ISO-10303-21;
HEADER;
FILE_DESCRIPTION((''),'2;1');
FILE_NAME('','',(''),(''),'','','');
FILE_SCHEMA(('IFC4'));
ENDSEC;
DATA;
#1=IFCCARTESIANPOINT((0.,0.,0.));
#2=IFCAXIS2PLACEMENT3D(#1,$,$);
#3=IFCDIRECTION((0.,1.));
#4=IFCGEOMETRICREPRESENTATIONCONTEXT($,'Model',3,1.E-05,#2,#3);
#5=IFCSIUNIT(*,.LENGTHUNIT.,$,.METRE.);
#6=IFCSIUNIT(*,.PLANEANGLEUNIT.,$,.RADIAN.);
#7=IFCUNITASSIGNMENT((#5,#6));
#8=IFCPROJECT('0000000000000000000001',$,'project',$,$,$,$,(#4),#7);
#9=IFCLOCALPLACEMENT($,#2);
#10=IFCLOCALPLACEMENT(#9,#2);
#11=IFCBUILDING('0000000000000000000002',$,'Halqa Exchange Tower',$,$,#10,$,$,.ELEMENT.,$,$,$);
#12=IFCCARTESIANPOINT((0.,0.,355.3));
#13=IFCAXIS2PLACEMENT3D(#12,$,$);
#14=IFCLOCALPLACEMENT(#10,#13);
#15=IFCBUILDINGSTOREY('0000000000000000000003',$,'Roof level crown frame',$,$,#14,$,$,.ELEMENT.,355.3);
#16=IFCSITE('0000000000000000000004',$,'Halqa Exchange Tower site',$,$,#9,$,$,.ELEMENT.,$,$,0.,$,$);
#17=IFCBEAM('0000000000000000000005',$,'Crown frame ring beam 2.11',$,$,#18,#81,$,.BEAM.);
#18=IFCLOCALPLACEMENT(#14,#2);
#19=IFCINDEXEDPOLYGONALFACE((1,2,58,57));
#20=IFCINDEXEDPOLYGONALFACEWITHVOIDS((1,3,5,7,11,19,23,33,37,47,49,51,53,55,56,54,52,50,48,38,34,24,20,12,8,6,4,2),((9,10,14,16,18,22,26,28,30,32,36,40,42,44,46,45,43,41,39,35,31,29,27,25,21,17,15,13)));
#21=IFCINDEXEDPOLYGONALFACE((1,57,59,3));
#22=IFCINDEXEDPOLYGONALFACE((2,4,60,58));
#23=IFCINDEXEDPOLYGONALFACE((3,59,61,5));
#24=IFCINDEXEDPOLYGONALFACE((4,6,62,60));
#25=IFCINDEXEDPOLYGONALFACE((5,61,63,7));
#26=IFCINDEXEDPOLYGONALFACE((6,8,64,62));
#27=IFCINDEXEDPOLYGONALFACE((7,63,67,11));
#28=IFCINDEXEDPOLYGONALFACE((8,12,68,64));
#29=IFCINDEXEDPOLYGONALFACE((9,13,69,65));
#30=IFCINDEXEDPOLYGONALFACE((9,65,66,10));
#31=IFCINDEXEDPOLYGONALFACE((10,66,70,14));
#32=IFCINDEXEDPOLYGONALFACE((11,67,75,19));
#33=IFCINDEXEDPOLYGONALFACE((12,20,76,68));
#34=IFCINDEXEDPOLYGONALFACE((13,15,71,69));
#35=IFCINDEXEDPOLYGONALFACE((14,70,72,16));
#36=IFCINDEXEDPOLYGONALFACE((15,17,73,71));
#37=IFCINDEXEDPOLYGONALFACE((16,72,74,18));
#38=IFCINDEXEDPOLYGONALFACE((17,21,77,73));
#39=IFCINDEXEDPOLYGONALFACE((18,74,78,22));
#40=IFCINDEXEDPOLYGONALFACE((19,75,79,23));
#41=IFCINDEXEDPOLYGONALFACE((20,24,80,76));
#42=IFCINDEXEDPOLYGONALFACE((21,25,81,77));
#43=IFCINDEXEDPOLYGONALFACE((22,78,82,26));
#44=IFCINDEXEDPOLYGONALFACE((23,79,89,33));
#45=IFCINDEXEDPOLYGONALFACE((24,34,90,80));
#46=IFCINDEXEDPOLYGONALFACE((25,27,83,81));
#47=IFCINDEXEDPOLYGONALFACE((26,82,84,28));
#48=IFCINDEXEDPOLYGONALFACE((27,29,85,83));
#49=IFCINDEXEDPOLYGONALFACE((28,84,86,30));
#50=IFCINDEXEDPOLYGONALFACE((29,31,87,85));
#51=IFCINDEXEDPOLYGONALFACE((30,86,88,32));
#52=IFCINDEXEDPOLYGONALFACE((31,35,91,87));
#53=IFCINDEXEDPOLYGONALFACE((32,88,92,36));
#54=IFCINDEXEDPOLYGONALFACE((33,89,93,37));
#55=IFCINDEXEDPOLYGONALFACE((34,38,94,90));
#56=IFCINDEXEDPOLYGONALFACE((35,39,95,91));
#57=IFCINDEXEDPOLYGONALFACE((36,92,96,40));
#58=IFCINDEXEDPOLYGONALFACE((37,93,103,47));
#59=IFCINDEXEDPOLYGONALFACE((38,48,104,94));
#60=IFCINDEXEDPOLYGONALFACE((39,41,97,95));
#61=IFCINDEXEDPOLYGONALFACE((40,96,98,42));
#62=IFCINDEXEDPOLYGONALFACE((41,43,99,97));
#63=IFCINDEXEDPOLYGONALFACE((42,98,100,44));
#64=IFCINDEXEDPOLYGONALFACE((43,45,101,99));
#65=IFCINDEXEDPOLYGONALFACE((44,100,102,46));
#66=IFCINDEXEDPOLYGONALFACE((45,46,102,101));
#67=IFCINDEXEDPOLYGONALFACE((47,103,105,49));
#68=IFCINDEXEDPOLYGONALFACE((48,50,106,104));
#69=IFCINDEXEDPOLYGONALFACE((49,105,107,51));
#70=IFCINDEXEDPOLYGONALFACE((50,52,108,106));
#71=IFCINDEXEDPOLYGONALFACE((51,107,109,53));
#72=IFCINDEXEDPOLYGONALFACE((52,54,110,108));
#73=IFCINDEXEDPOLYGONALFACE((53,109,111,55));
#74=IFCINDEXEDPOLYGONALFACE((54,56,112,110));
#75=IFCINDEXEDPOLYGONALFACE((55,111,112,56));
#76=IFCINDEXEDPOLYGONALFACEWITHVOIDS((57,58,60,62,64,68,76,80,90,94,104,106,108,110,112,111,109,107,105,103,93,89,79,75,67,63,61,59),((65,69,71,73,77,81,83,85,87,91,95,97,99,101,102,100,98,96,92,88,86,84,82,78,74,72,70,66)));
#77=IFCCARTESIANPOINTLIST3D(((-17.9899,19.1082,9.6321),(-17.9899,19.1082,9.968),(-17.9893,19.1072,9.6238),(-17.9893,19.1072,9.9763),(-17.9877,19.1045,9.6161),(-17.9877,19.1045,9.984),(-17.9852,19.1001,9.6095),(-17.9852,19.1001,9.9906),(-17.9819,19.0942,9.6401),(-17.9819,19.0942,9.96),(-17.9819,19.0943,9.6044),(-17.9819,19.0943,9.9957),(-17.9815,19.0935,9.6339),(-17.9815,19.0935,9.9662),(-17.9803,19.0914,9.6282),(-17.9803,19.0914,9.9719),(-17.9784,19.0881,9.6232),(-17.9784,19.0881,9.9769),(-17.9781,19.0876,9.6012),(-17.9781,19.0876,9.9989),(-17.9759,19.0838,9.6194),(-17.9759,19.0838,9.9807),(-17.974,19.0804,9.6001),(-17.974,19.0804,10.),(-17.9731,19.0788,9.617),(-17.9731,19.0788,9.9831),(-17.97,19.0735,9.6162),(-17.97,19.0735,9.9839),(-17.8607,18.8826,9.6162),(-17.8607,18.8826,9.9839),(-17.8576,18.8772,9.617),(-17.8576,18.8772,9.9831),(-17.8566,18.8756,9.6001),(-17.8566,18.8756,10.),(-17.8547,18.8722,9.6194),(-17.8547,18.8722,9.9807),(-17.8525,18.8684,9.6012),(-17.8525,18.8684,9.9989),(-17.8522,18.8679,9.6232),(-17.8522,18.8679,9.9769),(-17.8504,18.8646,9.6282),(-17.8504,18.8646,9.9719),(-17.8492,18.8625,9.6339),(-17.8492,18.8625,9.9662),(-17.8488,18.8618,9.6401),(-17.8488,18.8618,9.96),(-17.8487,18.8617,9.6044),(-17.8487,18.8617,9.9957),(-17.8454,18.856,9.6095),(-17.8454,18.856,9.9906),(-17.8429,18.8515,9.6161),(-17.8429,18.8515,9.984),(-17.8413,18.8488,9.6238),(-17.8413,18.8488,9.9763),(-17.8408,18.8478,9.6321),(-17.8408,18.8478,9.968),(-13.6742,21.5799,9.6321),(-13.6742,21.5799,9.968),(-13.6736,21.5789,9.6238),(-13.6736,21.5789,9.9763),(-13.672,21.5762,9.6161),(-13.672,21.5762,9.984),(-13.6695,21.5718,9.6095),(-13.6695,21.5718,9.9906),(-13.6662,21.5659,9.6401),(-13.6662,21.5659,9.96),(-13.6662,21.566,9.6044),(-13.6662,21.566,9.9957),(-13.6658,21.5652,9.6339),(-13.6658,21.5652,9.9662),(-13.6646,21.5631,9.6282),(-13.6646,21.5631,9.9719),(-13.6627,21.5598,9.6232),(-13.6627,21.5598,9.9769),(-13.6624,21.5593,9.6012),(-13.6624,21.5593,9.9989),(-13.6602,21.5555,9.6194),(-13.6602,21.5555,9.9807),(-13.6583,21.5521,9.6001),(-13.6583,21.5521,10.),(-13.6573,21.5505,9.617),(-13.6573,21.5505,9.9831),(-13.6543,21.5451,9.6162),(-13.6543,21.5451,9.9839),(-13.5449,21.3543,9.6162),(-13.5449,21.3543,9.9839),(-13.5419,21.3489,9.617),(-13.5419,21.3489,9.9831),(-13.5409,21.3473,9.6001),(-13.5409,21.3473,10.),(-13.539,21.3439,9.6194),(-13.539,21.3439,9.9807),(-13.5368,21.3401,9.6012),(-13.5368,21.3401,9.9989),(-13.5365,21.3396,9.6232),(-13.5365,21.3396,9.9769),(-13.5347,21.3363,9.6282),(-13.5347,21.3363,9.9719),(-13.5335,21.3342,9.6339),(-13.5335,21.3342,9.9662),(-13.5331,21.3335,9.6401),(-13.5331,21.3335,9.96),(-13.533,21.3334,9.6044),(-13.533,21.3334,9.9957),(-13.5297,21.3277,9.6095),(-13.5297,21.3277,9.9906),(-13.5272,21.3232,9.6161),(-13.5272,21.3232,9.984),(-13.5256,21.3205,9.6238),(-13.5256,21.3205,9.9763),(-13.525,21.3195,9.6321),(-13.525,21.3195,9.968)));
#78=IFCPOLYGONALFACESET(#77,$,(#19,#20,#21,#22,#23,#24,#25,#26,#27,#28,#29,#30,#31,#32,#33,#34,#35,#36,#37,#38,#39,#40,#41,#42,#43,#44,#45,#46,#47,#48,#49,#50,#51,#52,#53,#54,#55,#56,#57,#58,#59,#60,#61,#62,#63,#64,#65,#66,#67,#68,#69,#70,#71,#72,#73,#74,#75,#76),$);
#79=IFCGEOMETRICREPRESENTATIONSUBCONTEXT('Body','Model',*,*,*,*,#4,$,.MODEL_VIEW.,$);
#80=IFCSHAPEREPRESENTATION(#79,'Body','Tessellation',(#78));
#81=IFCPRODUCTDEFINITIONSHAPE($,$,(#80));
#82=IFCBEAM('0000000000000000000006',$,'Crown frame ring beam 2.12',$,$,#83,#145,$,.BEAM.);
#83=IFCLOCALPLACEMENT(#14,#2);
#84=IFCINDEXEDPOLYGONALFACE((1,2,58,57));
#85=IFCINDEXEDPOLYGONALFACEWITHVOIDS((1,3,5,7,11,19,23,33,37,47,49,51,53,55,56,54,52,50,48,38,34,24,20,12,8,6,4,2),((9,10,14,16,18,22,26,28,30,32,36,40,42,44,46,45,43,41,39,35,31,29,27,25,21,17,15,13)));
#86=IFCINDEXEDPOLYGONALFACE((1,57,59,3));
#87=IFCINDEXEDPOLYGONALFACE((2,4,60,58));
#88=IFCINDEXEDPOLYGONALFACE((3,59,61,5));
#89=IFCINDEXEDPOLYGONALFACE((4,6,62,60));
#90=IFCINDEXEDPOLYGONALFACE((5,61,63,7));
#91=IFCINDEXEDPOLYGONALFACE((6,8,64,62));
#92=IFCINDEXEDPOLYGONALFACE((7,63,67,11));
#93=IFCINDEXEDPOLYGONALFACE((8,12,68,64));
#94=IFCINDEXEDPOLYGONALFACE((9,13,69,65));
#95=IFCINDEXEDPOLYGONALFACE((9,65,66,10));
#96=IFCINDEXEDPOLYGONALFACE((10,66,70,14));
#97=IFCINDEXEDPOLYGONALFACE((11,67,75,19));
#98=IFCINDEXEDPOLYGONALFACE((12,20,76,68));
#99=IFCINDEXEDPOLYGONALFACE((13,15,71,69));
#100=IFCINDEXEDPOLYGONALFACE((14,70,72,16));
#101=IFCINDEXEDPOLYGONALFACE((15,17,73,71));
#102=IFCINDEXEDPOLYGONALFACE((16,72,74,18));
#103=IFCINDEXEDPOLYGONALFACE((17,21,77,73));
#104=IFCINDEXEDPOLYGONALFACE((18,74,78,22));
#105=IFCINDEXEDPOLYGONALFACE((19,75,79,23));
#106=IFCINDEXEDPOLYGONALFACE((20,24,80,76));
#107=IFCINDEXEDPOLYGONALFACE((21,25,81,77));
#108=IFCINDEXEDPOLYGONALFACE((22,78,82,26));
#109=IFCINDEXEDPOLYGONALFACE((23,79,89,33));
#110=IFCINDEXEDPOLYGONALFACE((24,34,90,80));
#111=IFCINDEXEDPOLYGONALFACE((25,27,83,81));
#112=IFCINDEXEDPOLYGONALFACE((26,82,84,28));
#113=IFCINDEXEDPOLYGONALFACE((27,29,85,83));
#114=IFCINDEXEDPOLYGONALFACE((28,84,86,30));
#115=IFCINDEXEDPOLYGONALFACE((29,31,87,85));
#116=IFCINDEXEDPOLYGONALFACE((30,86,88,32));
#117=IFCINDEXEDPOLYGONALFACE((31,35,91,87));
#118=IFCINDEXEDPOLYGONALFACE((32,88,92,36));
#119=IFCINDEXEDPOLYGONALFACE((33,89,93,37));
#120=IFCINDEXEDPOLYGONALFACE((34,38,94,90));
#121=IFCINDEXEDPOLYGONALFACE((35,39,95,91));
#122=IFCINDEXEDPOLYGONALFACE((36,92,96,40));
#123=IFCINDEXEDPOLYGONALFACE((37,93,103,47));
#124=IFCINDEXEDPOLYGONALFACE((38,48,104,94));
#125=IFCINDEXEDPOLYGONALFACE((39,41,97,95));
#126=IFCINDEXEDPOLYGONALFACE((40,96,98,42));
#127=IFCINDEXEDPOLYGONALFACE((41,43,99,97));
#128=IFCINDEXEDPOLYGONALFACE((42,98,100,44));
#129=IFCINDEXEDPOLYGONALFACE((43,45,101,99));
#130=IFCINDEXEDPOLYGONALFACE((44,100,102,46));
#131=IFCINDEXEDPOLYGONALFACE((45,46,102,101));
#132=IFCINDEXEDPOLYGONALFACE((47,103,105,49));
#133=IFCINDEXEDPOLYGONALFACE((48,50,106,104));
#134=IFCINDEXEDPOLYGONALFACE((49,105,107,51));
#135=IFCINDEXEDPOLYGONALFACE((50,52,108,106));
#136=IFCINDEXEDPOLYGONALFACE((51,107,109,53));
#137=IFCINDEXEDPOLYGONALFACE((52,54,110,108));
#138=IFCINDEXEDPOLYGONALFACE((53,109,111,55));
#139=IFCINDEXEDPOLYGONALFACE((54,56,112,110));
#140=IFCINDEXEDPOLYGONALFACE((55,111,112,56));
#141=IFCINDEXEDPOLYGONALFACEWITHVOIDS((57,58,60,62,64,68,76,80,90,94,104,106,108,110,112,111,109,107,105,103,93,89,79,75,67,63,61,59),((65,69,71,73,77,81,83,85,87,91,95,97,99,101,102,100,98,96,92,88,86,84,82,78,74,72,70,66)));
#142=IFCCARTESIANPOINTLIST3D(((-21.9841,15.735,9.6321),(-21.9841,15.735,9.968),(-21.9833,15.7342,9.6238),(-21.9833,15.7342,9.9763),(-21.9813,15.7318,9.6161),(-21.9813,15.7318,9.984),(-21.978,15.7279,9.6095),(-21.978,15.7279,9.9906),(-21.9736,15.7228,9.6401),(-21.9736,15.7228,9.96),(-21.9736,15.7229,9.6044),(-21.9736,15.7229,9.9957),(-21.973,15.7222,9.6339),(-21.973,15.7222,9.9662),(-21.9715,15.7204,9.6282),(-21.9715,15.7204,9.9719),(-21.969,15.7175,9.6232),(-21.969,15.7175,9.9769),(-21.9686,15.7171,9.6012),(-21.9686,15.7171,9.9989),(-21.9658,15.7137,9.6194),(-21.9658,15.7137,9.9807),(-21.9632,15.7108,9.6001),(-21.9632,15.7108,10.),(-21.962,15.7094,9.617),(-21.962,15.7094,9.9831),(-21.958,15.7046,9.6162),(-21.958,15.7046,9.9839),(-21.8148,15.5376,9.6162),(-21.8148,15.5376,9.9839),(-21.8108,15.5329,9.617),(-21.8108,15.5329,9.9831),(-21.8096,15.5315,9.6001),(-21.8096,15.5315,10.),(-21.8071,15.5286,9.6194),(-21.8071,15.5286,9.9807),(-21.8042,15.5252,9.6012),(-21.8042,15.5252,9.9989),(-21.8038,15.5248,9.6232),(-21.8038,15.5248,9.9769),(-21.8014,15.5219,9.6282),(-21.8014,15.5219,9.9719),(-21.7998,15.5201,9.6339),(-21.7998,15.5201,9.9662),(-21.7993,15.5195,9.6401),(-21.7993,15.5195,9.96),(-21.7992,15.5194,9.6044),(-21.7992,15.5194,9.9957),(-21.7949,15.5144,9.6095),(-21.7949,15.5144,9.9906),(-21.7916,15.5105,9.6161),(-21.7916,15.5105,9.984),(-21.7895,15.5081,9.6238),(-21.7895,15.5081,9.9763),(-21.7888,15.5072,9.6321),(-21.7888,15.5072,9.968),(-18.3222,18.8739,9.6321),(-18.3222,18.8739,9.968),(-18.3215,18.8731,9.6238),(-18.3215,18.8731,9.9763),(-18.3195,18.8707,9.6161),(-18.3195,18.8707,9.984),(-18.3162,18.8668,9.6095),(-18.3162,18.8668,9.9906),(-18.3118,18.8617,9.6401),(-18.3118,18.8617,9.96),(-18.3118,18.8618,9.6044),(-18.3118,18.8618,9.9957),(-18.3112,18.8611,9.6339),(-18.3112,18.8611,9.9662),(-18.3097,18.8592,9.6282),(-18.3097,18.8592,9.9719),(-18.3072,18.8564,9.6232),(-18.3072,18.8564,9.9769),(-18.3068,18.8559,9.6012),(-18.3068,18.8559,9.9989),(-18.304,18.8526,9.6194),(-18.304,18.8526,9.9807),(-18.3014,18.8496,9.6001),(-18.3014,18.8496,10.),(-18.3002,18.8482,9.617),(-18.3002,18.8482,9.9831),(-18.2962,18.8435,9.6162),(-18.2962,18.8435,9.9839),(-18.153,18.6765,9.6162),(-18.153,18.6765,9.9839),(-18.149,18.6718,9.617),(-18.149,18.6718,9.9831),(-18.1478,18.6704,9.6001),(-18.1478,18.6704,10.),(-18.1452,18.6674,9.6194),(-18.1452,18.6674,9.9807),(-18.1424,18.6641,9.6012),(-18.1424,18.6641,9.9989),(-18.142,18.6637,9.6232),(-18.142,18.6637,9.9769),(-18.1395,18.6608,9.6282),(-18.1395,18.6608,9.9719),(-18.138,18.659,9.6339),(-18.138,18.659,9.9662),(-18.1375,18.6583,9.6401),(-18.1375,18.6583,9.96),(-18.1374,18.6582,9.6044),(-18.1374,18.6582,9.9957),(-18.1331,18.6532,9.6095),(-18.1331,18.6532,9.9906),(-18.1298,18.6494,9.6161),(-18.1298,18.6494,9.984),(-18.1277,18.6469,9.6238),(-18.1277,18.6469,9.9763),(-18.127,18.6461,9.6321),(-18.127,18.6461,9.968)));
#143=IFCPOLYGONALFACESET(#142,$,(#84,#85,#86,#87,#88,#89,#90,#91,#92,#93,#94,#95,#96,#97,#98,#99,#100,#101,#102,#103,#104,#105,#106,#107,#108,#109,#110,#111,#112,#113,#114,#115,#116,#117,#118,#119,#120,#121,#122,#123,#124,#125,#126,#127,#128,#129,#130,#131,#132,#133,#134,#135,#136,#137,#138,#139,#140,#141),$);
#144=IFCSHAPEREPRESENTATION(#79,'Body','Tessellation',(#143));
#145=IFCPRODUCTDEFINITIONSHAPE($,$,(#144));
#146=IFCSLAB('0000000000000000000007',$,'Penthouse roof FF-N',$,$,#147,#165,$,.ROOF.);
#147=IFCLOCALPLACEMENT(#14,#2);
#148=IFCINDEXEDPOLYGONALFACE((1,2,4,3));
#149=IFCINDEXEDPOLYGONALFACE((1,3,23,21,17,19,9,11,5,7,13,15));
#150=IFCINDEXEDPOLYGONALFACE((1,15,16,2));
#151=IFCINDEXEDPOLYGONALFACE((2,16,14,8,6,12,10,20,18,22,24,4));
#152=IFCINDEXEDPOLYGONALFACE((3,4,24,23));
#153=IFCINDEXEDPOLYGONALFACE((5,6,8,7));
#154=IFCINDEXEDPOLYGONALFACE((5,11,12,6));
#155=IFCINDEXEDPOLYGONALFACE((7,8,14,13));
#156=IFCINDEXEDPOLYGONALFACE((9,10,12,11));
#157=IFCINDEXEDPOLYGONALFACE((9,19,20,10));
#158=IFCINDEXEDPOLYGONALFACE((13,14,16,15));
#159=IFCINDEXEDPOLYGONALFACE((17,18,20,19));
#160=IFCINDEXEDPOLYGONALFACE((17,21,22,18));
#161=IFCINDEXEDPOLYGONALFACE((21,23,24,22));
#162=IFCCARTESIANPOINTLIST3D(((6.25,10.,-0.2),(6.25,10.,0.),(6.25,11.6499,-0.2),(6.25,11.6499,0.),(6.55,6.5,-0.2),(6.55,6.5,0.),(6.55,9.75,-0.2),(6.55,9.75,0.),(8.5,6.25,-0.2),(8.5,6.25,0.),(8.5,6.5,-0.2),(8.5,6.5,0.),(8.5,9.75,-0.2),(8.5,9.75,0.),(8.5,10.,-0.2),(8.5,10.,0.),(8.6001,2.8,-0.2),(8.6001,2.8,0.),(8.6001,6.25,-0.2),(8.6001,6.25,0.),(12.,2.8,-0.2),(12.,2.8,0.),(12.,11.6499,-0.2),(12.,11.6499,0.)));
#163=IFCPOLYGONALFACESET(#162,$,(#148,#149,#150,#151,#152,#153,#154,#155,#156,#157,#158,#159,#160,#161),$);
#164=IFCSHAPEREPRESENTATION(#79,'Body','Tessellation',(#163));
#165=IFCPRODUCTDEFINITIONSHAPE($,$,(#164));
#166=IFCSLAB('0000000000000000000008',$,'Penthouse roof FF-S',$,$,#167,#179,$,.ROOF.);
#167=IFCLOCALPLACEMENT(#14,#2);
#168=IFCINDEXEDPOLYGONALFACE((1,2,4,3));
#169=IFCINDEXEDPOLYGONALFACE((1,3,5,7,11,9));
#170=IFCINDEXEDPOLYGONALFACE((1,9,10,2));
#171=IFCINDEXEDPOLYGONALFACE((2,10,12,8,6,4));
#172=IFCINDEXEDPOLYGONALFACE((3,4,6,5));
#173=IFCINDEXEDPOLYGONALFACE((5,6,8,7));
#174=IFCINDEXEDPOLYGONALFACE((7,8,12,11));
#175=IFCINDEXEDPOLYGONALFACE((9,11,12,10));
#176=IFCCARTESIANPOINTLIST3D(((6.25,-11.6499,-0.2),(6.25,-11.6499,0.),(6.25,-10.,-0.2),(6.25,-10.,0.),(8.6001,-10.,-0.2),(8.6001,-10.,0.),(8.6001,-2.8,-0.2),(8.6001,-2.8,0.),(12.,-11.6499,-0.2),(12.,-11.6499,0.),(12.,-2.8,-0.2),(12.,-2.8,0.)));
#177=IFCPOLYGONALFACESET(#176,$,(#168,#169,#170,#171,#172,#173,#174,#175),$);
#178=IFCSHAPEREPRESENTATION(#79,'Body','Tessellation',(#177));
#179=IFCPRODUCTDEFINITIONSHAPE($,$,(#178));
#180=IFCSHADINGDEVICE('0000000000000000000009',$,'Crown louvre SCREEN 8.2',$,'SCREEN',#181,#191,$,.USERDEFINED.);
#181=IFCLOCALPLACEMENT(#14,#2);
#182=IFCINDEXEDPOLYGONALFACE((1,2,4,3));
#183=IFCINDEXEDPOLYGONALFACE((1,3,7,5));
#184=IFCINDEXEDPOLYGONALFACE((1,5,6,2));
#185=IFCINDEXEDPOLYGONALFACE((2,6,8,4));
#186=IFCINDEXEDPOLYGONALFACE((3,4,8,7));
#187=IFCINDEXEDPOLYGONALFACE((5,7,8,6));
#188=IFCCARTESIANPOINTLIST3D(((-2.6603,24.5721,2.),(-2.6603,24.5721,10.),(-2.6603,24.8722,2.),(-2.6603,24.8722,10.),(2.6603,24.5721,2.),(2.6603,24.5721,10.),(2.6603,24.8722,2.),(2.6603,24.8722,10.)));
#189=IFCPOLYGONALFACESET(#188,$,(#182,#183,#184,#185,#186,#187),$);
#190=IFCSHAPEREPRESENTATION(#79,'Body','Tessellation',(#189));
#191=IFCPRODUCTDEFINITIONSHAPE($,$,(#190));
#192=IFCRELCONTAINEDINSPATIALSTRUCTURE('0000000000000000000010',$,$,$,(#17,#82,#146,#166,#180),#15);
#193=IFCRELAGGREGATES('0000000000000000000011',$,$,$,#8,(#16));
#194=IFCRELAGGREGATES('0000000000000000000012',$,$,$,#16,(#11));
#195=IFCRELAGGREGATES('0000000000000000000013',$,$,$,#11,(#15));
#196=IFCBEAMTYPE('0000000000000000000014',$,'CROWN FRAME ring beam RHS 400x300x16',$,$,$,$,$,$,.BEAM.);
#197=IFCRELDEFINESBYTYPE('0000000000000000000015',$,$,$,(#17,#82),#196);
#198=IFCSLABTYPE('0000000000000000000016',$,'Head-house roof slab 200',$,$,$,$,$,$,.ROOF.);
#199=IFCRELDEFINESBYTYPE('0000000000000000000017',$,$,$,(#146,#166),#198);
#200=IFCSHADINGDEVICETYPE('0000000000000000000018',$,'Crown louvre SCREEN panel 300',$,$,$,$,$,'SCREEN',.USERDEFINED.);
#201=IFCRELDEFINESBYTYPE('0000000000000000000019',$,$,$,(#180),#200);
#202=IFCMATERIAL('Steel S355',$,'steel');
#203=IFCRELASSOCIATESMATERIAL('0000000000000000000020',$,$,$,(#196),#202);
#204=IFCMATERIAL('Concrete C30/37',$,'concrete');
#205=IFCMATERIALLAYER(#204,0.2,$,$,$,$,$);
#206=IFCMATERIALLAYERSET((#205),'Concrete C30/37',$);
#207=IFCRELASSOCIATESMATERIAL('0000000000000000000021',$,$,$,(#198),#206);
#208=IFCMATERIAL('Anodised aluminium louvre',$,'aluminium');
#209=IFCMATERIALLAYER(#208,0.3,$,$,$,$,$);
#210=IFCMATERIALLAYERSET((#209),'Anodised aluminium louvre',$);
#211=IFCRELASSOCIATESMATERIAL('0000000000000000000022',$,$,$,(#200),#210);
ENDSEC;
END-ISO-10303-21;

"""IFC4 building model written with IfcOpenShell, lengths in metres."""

from ifc_helpers import new_model, si_unit, direction, frame, origin, origin_2d, place, context, subcontext, project, spatial, polyline, rectangle, hollow_rectangle, outline, extrude, material, layer, layer_set, material_profile, profile_set, type_object, element, save


model = new_model("IFC4")

# Units and contexts
model_context = context("Model", 3, precision=1e-05, world=origin(), true_north=direction((0.0, 1.0)))
body_context = subcontext(model_context, "Body", "Model", "MODEL_VIEW")
ifc_project = project(units=[si_unit("LENGTHUNIT", "METRE"), si_unit("PLANEANGLEUNIT", "RADIAN")], contexts=[model_context])

# Site, building, storey
site_placement = place(None, origin())
site = spatial("IfcSite", under=ifc_project, at=site_placement, Name="Halqa Exchange Tower site", CompositionType="ELEMENT", RefElevation=0.0)
building_placement = place(site_placement, origin())
building = spatial("IfcBuilding", under=site, at=building_placement, Name="Halqa Exchange Tower", CompositionType="ELEMENT")
storey_placement = place(building_placement, frame((0.0, 0.0, 355.3)))
storey = spatial("IfcBuildingStorey", under=building, at=storey_placement, Name="Roof level crown frame", CompositionType="ELEMENT", Elevation=355.3)

# Shared definitions
ifc_material_1 = material(Name="Steel S355", Category="steel")

# Beams
ifc_material_profile_1 = material_profile(ifc_material_1, hollow_rectangle(XDim=0.3, YDim=0.3999, WallThickness=0.0161, InnerFilletRadius=0.0239, OuterFilletRadius=0.032, at=origin_2d()), Name="RHS 400x300x16")
ifc_profile_set_1 = profile_set([ifc_material_profile_1], Name="Steel S355")
beam_type = type_object("IfcBeamType", Name="CROWN FRAME ring beam RHS 400x300x16", PredefinedType="BEAM", material=ifc_profile_set_1)
beam_1_placement = place(storey_placement, frame((-13.5996, 21.4497, 9.8), z_axis=(-0.867759, -0.496985, 0.0), x_axis=(0.496985, -0.867759, 0.0)))
element("IfcBeam", 1, at=beam_1_placement, inside=storey, type_object=beam_type, Name="Crown frame ring beam 2.11", PredefinedType="BEAM", context=body_context, shape_type="SweptSolid", body=[
    extrude(hollow_rectangle(XDim=0.3, YDim=0.3999, WallThickness=0.0161, InnerFilletRadius=0.0239, OuterFilletRadius=0.032, at=origin_2d()), origin(), (0.0, 0.0, 1.0), 4.9734),
])
beam_2_placement = place(storey_placement, frame((-18.2246, 18.76, 9.8), z_axis=(-0.759239, -0.650812, 0.0), x_axis=(0.650812, -0.759239, 0.0)))
element("IfcBeam", 2, at=beam_2_placement, inside=storey, type_object=beam_type, Name="Crown frame ring beam 2.12", PredefinedType="BEAM", context=body_context, shape_type="SweptSolid", body=[
    extrude(hollow_rectangle(XDim=0.3, YDim=0.3999, WallThickness=0.0161, InnerFilletRadius=0.0239, OuterFilletRadius=0.032, at=origin_2d()), origin(), (0.0, 0.0, 1.0), 4.823),
])

# Slabs
ifc_material_2 = material(Name="Concrete C30/37", Category="concrete")
ifc_layer_1 = layer(ifc_material_2, 0.2)
ifc_layer_set_1 = layer_set([ifc_layer_1], Name="Concrete C30/37")
slab_type = type_object("IfcSlabType", Name="Head-house roof slab 200", PredefinedType="ROOF", material=ifc_layer_set_1)
slab_1_placement = place(storey_placement, frame((0.0, 0.0, -0.2)))
element("IfcSlab", 3, at=slab_1_placement, inside=storey, type_object=slab_type, Name="Penthouse roof FF-N", PredefinedType="ROOF", context=body_context, shape_type="SweptSolid", body=[
    extrude(outline(polyline([(8.6001, 2.8), (12.0, 2.8), (12.0, 11.6499), (6.25, 11.6499), (6.25, 10.0), (8.5, 10.0), (8.5, 9.75), (6.55, 9.75), (6.55, 6.5), (8.5, 6.5), (8.5, 6.25), (8.6001, 6.25), (8.6001, 2.8)])), origin(), (0.0, 0.0, 1.0), 0.2),
])
slab_2_placement = place(storey_placement, frame((0.0, 0.0, -0.2)))
element("IfcSlab", 4, at=slab_2_placement, inside=storey, type_object=slab_type, Name="Penthouse roof FF-S", PredefinedType="ROOF", context=body_context, shape_type="SweptSolid", body=[
    extrude(outline(polyline([(8.6001, -10.0), (6.25, -10.0), (6.25, -11.6499), (12.0, -11.6499), (12.0, -2.8), (8.6001, -2.8), (8.6001, -10.0)])), origin(), (0.0, 0.0, 1.0), 0.2),
])

# Shading device
ifc_material_3 = material(Name="Anodised aluminium louvre", Category="aluminium")
ifc_layer_2 = layer(ifc_material_3, 0.3)
ifc_layer_set_2 = layer_set([ifc_layer_2], Name="Anodised aluminium louvre")
shading_device_type = type_object("IfcShadingDeviceType", Name="Crown louvre SCREEN panel 300", ElementType="SCREEN", PredefinedType="USERDEFINED", material=ifc_layer_set_2)
shading_device_1_placement = place(storey_placement, frame((0.0, 24.7222, 2.0), z_axis=(0.0, 0.0, 1.0), x_axis=(-1.0, 0.0, 0.0)))
element("IfcShadingDevice", 5, at=shading_device_1_placement, inside=storey, type_object=shading_device_type, Name="Crown louvre SCREEN 8.2", ObjectType="SCREEN", PredefinedType="USERDEFINED", context=body_context, shape_type="SweptSolid", body=[
    extrude(rectangle(XDim=5.3206, YDim=0.3, at=origin_2d()), origin(), (0.0, 0.0, 1.0), 8.0),
])

save(model, "model.ifc")
